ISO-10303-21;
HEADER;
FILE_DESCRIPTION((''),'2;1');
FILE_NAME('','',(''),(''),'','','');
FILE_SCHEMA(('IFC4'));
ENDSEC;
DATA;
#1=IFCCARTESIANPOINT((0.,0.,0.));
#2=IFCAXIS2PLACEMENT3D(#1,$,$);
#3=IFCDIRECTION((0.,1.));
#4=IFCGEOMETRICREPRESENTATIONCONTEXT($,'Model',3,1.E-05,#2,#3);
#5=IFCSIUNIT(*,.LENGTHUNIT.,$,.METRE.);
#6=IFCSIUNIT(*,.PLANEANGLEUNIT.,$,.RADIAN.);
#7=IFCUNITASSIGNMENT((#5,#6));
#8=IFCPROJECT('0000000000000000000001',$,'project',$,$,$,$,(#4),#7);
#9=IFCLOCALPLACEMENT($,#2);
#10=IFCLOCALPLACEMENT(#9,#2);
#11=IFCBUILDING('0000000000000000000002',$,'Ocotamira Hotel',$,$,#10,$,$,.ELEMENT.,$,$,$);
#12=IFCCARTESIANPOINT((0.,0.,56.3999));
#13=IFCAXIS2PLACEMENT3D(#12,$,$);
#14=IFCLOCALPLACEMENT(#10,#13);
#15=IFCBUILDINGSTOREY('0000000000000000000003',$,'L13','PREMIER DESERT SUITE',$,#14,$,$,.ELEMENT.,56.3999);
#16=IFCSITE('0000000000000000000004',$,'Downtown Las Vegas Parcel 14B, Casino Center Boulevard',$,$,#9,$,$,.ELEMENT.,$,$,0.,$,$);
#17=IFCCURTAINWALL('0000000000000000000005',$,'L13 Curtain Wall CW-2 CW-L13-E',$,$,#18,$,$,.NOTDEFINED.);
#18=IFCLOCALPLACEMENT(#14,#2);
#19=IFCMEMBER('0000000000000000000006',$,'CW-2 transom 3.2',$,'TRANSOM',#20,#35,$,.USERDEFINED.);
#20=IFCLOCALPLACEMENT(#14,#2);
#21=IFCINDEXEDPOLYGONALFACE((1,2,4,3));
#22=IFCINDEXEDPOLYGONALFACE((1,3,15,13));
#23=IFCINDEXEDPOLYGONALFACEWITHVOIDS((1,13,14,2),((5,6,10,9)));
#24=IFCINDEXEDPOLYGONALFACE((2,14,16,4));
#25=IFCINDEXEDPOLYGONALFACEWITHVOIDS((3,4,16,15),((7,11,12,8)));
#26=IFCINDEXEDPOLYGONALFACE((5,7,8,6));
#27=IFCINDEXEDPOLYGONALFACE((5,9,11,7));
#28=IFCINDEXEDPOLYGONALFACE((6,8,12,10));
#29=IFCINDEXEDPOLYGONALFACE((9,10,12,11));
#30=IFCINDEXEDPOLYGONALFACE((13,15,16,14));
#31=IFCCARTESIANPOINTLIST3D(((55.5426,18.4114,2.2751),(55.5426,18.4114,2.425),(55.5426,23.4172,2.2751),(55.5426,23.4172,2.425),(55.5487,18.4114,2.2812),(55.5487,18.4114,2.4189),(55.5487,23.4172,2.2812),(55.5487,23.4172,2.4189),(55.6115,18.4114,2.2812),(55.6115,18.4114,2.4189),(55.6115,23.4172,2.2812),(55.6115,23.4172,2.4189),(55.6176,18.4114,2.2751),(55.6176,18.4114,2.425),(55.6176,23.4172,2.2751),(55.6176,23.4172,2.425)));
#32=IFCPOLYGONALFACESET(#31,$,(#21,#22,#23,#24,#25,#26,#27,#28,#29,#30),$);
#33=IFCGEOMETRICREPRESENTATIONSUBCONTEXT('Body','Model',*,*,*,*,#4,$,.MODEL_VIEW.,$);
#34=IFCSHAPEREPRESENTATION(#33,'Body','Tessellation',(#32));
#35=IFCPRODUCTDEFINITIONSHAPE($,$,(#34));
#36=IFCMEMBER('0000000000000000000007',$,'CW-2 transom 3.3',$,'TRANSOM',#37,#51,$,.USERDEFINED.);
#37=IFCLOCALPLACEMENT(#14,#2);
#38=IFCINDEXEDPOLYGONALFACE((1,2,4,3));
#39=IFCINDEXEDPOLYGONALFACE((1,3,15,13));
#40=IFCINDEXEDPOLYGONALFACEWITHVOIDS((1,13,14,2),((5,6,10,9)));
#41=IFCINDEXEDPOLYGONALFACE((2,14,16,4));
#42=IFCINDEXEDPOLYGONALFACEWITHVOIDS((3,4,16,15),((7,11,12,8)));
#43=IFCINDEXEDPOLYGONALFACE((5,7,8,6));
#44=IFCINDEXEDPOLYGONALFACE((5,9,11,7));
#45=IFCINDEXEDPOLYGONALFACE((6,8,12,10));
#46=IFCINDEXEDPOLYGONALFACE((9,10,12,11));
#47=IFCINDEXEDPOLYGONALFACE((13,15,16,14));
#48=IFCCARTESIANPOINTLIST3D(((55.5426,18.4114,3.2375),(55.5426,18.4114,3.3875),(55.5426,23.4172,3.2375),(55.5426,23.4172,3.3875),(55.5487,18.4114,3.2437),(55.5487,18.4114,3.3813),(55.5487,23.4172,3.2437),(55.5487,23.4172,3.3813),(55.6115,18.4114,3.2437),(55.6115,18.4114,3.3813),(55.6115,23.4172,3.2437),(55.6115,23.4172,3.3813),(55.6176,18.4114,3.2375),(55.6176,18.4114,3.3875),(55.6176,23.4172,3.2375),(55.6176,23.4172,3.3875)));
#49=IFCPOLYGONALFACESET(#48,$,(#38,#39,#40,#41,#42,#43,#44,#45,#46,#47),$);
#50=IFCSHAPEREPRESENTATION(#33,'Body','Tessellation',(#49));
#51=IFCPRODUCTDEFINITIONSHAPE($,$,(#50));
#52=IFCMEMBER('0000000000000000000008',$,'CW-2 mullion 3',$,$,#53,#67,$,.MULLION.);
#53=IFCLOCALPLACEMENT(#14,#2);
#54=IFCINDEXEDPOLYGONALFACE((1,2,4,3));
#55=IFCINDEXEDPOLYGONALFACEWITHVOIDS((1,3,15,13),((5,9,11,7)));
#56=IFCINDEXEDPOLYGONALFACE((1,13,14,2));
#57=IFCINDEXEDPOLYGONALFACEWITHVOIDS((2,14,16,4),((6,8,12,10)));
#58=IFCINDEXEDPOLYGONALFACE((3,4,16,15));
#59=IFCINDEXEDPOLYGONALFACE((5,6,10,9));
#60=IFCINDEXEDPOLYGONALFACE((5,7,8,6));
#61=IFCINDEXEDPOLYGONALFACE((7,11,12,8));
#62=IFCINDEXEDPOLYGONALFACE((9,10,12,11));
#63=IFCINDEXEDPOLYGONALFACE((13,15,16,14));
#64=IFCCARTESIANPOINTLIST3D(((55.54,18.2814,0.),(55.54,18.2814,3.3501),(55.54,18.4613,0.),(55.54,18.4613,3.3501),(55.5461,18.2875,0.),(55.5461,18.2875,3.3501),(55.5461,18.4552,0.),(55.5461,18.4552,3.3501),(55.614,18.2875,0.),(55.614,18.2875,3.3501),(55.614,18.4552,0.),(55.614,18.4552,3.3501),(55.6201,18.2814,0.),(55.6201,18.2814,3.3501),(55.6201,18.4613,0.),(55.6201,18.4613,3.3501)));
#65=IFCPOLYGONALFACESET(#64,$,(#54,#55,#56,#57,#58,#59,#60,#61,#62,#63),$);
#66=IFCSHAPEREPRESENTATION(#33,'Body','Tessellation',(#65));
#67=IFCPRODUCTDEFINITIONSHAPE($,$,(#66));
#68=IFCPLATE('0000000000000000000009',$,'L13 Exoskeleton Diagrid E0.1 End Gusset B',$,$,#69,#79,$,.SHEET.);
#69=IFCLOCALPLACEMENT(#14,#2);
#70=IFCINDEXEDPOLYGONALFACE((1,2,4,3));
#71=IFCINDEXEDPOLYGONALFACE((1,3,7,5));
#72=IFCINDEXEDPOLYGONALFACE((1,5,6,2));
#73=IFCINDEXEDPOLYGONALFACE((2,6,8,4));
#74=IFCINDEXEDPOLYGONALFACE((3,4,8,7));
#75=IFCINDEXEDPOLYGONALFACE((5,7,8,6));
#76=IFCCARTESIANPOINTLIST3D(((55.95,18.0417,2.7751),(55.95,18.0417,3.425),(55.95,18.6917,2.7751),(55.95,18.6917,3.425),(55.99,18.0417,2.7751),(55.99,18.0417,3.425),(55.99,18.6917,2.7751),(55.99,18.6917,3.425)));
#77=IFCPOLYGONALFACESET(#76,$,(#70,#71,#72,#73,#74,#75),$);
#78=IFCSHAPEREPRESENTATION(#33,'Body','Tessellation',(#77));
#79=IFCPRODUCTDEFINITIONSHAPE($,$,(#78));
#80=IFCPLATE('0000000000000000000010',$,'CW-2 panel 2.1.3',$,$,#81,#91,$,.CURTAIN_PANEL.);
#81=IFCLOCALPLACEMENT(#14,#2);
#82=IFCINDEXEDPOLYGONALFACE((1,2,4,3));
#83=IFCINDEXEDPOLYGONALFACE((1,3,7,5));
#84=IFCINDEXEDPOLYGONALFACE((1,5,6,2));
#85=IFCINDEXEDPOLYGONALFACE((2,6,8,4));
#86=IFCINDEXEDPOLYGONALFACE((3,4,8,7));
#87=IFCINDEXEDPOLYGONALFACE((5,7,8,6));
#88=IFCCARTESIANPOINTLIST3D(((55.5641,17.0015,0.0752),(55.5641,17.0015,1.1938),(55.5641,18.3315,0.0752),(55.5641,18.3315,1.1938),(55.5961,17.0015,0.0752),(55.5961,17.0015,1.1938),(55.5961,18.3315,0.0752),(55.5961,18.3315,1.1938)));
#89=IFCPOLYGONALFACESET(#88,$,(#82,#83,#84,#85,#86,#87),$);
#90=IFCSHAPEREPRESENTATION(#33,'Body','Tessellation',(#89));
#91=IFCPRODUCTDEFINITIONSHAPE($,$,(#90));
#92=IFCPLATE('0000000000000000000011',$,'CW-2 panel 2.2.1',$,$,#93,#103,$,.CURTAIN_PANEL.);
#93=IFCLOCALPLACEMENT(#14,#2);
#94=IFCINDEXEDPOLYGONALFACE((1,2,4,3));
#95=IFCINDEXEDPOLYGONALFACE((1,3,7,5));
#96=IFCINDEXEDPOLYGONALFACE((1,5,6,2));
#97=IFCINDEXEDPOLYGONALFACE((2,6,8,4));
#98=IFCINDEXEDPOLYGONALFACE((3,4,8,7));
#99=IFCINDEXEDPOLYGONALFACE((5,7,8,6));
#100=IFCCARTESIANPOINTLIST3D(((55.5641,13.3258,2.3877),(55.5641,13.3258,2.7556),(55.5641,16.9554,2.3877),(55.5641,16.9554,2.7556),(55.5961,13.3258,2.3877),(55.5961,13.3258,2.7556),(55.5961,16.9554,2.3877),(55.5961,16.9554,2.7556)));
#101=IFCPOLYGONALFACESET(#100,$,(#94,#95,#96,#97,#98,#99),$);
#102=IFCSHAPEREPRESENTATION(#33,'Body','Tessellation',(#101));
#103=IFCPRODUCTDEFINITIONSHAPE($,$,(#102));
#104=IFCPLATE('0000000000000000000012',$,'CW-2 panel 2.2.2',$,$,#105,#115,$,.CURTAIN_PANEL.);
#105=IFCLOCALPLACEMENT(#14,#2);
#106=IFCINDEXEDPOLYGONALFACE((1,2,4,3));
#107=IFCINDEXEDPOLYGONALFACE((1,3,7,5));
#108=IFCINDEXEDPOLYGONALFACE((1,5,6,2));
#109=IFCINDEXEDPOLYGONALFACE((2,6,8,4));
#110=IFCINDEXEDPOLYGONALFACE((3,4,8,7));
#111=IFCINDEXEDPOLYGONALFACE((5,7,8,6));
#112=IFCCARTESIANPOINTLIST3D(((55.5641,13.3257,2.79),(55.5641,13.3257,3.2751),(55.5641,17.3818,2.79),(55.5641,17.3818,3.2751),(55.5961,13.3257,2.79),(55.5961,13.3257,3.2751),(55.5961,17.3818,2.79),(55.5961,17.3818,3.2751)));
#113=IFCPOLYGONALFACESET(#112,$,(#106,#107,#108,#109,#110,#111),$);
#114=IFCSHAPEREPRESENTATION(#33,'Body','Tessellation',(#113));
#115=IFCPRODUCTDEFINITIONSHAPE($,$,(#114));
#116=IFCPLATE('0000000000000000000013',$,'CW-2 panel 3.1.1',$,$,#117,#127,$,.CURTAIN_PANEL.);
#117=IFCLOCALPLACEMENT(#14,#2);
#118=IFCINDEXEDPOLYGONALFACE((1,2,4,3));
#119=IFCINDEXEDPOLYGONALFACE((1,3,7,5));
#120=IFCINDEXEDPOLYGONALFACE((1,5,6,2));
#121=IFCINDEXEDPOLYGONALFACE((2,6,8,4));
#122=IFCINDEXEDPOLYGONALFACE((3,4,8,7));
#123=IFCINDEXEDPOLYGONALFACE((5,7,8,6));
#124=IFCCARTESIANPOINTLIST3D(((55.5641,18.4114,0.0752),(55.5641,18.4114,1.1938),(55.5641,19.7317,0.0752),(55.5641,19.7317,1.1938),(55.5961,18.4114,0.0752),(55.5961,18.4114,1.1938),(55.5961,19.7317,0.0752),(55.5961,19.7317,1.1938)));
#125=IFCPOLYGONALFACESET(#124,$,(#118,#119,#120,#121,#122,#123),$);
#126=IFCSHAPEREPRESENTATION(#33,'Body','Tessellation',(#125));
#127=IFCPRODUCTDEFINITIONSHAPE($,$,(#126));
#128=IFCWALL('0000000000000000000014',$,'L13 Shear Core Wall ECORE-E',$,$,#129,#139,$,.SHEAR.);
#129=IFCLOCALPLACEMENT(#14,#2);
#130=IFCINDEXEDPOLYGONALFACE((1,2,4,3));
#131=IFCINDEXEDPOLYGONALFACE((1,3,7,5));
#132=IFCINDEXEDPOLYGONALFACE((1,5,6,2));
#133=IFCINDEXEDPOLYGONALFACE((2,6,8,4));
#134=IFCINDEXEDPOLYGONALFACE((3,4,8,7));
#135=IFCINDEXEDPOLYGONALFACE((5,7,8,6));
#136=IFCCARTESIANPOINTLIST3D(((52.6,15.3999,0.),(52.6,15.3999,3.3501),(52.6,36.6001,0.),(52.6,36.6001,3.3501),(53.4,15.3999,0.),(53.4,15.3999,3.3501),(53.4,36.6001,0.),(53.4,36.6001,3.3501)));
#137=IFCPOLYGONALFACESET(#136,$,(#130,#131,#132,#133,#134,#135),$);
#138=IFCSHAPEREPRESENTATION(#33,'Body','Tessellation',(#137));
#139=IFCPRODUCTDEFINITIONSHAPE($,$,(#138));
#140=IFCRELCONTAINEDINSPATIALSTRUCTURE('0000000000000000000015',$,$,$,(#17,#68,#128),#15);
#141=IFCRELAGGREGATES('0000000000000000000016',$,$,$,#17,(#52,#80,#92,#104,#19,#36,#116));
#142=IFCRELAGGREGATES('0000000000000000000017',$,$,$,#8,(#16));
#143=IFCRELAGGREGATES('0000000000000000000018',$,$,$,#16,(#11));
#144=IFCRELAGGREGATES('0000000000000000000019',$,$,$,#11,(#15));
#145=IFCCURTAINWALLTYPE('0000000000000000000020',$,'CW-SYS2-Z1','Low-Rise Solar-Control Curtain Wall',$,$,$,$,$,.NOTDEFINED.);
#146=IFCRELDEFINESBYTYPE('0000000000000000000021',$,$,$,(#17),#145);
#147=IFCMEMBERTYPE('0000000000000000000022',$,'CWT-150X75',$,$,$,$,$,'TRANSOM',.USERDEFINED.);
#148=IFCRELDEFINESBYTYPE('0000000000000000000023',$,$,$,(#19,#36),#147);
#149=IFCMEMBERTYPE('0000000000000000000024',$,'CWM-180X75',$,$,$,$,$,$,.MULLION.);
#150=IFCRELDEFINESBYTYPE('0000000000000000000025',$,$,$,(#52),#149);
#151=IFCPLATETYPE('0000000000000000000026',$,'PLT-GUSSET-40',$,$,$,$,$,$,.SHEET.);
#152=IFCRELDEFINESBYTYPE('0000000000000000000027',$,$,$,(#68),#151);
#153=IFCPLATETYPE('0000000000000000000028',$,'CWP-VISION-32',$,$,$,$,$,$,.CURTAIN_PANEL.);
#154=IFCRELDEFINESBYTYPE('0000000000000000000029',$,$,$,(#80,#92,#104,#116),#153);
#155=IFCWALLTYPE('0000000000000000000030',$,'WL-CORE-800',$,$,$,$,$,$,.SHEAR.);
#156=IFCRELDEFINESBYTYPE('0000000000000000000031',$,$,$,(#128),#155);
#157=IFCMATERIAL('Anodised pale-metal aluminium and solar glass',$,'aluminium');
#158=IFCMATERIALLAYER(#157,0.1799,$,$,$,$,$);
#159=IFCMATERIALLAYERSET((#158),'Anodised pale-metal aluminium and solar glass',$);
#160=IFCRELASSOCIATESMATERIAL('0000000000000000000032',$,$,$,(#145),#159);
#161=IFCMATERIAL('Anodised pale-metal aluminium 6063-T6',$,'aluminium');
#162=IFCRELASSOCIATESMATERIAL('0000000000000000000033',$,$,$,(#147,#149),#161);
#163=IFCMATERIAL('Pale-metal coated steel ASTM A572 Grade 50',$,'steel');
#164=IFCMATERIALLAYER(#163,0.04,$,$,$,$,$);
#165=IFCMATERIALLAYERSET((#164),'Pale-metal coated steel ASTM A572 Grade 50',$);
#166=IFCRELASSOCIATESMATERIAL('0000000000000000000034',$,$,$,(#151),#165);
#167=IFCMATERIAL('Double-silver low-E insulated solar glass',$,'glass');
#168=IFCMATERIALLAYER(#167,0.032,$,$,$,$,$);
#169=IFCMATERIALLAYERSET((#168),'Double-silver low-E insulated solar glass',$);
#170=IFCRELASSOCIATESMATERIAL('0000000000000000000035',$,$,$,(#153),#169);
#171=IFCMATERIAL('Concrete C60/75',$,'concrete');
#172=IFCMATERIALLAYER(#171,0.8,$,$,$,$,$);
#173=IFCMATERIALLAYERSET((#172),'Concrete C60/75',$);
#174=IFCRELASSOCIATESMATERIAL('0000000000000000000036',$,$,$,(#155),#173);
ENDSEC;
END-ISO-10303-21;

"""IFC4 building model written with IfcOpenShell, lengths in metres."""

from ifc_helpers import new_model, si_unit, direction, frame, frame_2d, origin, origin_2d, place, context, subcontext, project, spatial, rectangle, hollow_rectangle, extrude, source, transform, mapped, material, layer, layer_set, material_profile, profile_set, type_object, element, aggregate, save


model = new_model("IFC4")

# Units and contexts
model_context = context("Model", 3, precision=1e-05, world=origin(), true_north=direction((0.0, 1.0)))
body_context = subcontext(model_context, "Body", "Model", "MODEL_VIEW")
ifc_project = project(units=[si_unit("LENGTHUNIT", "METRE"), si_unit("PLANEANGLEUNIT", "RADIAN")], contexts=[model_context])

# Site, building, storey
site_placement = place(None, origin())
site = spatial("IfcSite", under=ifc_project, at=site_placement, Name="Downtown Las Vegas Parcel 14B, Casino Center Boulevard", CompositionType="ELEMENT", RefElevation=0.0)
building_placement = place(site_placement, origin())
building = spatial("IfcBuilding", under=site, at=building_placement, Name="Ocotamira Hotel", CompositionType="ELEMENT")
storey_placement = place(building_placement, frame((0.0, 0.0, 56.3999)))
storey = spatial("IfcBuildingStorey", under=building, at=storey_placement, Name="L13", Description="PREMIER DESERT SUITE", CompositionType="ELEMENT", Elevation=56.3999)

# Curtain wall, members
ifc_material_1 = material(Name="Anodised pale-metal aluminium and solar glass", Category="aluminium")
ifc_layer_1 = layer(ifc_material_1, 0.1799)
ifc_layer_set_1 = layer_set([ifc_layer_1], Name="Anodised pale-metal aluminium and solar glass")
curtain_wall_type = type_object("IfcCurtainWallType", Name="CW-SYS2-Z1", Description="Low-Rise Solar-Control Curtain Wall", PredefinedType="NOTDEFINED", material=ifc_layer_set_1)
curtain_wall_placement = place(storey_placement, origin())
curtain_wall = element("IfcCurtainWall", 1, at=curtain_wall_placement, inside=storey, type_object=curtain_wall_type, Name="L13 Curtain Wall CW-2 CW-L13-E", PredefinedType="NOTDEFINED")
ifc_material_2 = material(Name="Anodised pale-metal aluminium 6063-T6", Category="aluminium")
ifc_material_profile_1 = material_profile(ifc_material_2, hollow_rectangle(XDim=0.075, YDim=0.1499, WallThickness=0.0061, at=origin_2d()), Name="HSS150X75X6")
ifc_profile_set_1 = profile_set([ifc_material_profile_1], Name="Anodised pale-metal aluminium 6063-T6")
member_type_1 = type_object("IfcMemberType", Name="CWT-150X75", ElementType="TRANSOM", PredefinedType="USERDEFINED", material=ifc_profile_set_1)
shared_shape_1 = source(origin(), body_context, "Body", "SweptSolid", [
    extrude(hollow_rectangle(XDim=0.075, YDim=0.1499, WallThickness=0.0061, at=origin_2d()), origin(), (0.0, 0.0, 1.0), 5.0059),
])
member_1_placement = place(storey_placement, frame((55.5801, 18.4114, 2.3501), z_axis=(0.0, 1.0, 0.0), x_axis=(-1.0, 0.0, 0.0)))
member_1 = element("IfcMember", 2, at=member_1_placement, type_object=member_type_1, Name="CW-2 transom 3.2", ObjectType="TRANSOM", PredefinedType="USERDEFINED", context=body_context, shape_type="MappedRepresentation", body=[
    mapped(shared_shape_1, transform((0.0, 0.0, 0.0), scale=1.0)),
])
member_2_placement = place(storey_placement, frame((55.5801, 18.4114, 3.3125), z_axis=(0.0, 1.0, 0.0), x_axis=(-1.0, 0.0, 0.0)))
member_2 = element("IfcMember", 3, at=member_2_placement, type_object=member_type_1, Name="CW-2 transom 3.3", ObjectType="TRANSOM", PredefinedType="USERDEFINED", context=body_context, shape_type="MappedRepresentation", body=[
    mapped(shared_shape_1, transform((0.0, 0.0, 0.0), scale=1.0)),
])
ifc_material_profile_2 = material_profile(ifc_material_2, hollow_rectangle(XDim=0.0801, YDim=0.1799, WallThickness=0.0061, at=origin_2d()), Name="HSS180X80X6")
ifc_profile_set_2 = profile_set([ifc_material_profile_2], Name="Anodised pale-metal aluminium 6063-T6")
member_type_2 = type_object("IfcMemberType", Name="CWM-180X75", PredefinedType="MULLION", material=ifc_profile_set_2)
shared_shape_2 = source(origin(), body_context, "Body", "SweptSolid", [
    extrude(hollow_rectangle(XDim=0.0801, YDim=0.1799, WallThickness=0.0061, at=origin_2d()), origin(), (0.0, 0.0, 1.0), 3.3501),
])
member_3_placement = place(storey_placement, frame((55.5801, 18.3713, 0.0), z_axis=(0.0, 0.0, 1.0), x_axis=(-1.0, 0.0, 0.0)))
member_3 = element("IfcMember", 4, at=member_3_placement, type_object=member_type_2, Name="CW-2 mullion 3", PredefinedType="MULLION", context=body_context, shape_type="MappedRepresentation", body=[
    mapped(shared_shape_2, transform((0.0, 0.0, 0.0), scale=1.0)),
])

# Plates
ifc_material_3 = material(Name="Pale-metal coated steel ASTM A572 Grade 50", Category="steel")
ifc_layer_2 = layer(ifc_material_3, 0.04)
ifc_layer_set_2 = layer_set([ifc_layer_2], Name="Pale-metal coated steel ASTM A572 Grade 50")
plate_type_1 = type_object("IfcPlateType", Name="PLT-GUSSET-40", PredefinedType="SHEET", material=ifc_layer_set_2)
shared_shape_3 = source(origin(), body_context, "Body", "SweptSolid", [
    extrude(rectangle(XDim=0.04, YDim=0.6499, at=origin_2d()), origin(), (0.0, 0.0, 1.0), 0.6499),
])
plate_1_placement = place(storey_placement, frame((55.97, 18.3667, 2.7751), z_axis=(0.0, 0.0, 1.0), x_axis=(1.0, 0.0, 0.0)))
element("IfcPlate", 5, at=plate_1_placement, inside=storey, type_object=plate_type_1, Name="L13 Exoskeleton Diagrid E0.1 End Gusset B", PredefinedType="SHEET", context=body_context, shape_type="MappedRepresentation", body=[
    mapped(shared_shape_3, transform((0.0, 0.0, 0.0), scale=1.0)),
])
ifc_material_4 = material(Name="Double-silver low-E insulated solar glass", Category="glass")
ifc_layer_3 = layer(ifc_material_4, 0.032)
ifc_layer_set_3 = layer_set([ifc_layer_3], Name="Double-silver low-E insulated solar glass")
plate_type_2 = type_object("IfcPlateType", Name="CWP-VISION-32", PredefinedType="CURTAIN_PANEL", material=ifc_layer_set_3)
shared_shape_4 = source(origin(), body_context, "Body", "SweptSolid", [
    extrude(rectangle(XDim=1.3301, YDim=0.032, at=origin_2d()), origin(), (0.0, 0.0, 1.0), 1.1187),
])
plate_2_placement = place(storey_placement, frame((55.5801, 17.6665, 0.0752), z_axis=(0.0, 0.0, 1.0), x_axis=(0.0, 1.0, 0.0)))
plate_2 = element("IfcPlate", 6, at=plate_2_placement, type_object=plate_type_2, Name="CW-2 panel 2.1.3", PredefinedType="CURTAIN_PANEL", context=body_context, shape_type="MappedRepresentation", body=[
    mapped(shared_shape_4, transform((0.0, 0.0, 0.0), scale=1.0)),
])
shared_shape_5 = source(origin(), body_context, "Body", "SweptSolid", [
    extrude(rectangle(XDim=3.6296, YDim=0.032, at=origin_2d()), origin(), (0.0, 0.0, 1.0), 0.3679),
])
plate_3_placement = place(storey_placement, frame((55.5801, 15.1406, 2.3877), z_axis=(0.0, 0.0, 1.0), x_axis=(0.0, 1.0, 0.0)))
plate_3 = element("IfcPlate", 7, at=plate_3_placement, type_object=plate_type_2, Name="CW-2 panel 2.2.1", PredefinedType="CURTAIN_PANEL", context=body_context, shape_type="MappedRepresentation", body=[
    mapped(shared_shape_5, transform((0.0, 0.0, 0.0), scale=1.0)),
])
shared_shape_6 = source(origin(), body_context, "Body", "SweptSolid", [
    extrude(rectangle(XDim=4.0562, YDim=0.032, at=origin_2d()), origin(), (0.0, 0.0, 1.0), 0.4851),
])
plate_4_placement = place(storey_placement, frame((55.5801, 15.3538, 2.79), z_axis=(0.0, 0.0, 1.0), x_axis=(0.0, 1.0, 0.0)))
plate_4 = element("IfcPlate", 8, at=plate_4_placement, type_object=plate_type_2, Name="CW-2 panel 2.2.2", PredefinedType="CURTAIN_PANEL", context=body_context, shape_type="MappedRepresentation", body=[
    mapped(shared_shape_6, transform((0.0, 0.0, 0.0), scale=1.0)),
])
shared_shape_7 = source(origin(), body_context, "Body", "SweptSolid", [
    extrude(rectangle(XDim=1.3203, YDim=0.032, at=origin_2d()), origin(), (0.0, 0.0, 1.0), 1.1187),
])
plate_5_placement = place(storey_placement, frame((55.5801, 19.0715, 0.0752), z_axis=(0.0, 0.0, 1.0), x_axis=(0.0, 1.0, 0.0)))
plate_5 = element("IfcPlate", 9, at=plate_5_placement, type_object=plate_type_2, Name="CW-2 panel 3.1.1", PredefinedType="CURTAIN_PANEL", context=body_context, shape_type="MappedRepresentation", body=[
    mapped(shared_shape_7, transform((0.0, 0.0, 0.0), scale=1.0)),
])
aggregate(curtain_wall, [member_3, plate_2, plate_3, plate_4, member_1, member_2, plate_5])

# Wall
ifc_material_5 = material(Name="Concrete C60/75", Category="concrete")
ifc_layer_4 = layer(ifc_material_5, 0.8)
ifc_layer_set_4 = layer_set([ifc_layer_4], Name="Concrete C60/75")
wall_type_1 = type_object("IfcWallType", Name="WL-CORE-800", PredefinedType="SHEAR", material=ifc_layer_set_4)
wall_1_placement = place(storey_placement, frame((53.0, 15.3999, 0.0), z_axis=(0.0, 0.0, 1.0), x_axis=(0.0, 1.0, 0.0)))
element("IfcWall", 10, at=wall_1_placement, inside=storey, type_object=wall_type_1, Name="L13 Shear Core Wall ECORE-E", PredefinedType="SHEAR", context=body_context, shape_type="SweptSolid", body=[
    extrude(rectangle(XDim=21.2002, YDim=0.8, at=frame_2d((10.6001, 0.0))), origin(), (0.0, 0.0, 1.0), 3.3501),
])

save(model, "model.ifc")
